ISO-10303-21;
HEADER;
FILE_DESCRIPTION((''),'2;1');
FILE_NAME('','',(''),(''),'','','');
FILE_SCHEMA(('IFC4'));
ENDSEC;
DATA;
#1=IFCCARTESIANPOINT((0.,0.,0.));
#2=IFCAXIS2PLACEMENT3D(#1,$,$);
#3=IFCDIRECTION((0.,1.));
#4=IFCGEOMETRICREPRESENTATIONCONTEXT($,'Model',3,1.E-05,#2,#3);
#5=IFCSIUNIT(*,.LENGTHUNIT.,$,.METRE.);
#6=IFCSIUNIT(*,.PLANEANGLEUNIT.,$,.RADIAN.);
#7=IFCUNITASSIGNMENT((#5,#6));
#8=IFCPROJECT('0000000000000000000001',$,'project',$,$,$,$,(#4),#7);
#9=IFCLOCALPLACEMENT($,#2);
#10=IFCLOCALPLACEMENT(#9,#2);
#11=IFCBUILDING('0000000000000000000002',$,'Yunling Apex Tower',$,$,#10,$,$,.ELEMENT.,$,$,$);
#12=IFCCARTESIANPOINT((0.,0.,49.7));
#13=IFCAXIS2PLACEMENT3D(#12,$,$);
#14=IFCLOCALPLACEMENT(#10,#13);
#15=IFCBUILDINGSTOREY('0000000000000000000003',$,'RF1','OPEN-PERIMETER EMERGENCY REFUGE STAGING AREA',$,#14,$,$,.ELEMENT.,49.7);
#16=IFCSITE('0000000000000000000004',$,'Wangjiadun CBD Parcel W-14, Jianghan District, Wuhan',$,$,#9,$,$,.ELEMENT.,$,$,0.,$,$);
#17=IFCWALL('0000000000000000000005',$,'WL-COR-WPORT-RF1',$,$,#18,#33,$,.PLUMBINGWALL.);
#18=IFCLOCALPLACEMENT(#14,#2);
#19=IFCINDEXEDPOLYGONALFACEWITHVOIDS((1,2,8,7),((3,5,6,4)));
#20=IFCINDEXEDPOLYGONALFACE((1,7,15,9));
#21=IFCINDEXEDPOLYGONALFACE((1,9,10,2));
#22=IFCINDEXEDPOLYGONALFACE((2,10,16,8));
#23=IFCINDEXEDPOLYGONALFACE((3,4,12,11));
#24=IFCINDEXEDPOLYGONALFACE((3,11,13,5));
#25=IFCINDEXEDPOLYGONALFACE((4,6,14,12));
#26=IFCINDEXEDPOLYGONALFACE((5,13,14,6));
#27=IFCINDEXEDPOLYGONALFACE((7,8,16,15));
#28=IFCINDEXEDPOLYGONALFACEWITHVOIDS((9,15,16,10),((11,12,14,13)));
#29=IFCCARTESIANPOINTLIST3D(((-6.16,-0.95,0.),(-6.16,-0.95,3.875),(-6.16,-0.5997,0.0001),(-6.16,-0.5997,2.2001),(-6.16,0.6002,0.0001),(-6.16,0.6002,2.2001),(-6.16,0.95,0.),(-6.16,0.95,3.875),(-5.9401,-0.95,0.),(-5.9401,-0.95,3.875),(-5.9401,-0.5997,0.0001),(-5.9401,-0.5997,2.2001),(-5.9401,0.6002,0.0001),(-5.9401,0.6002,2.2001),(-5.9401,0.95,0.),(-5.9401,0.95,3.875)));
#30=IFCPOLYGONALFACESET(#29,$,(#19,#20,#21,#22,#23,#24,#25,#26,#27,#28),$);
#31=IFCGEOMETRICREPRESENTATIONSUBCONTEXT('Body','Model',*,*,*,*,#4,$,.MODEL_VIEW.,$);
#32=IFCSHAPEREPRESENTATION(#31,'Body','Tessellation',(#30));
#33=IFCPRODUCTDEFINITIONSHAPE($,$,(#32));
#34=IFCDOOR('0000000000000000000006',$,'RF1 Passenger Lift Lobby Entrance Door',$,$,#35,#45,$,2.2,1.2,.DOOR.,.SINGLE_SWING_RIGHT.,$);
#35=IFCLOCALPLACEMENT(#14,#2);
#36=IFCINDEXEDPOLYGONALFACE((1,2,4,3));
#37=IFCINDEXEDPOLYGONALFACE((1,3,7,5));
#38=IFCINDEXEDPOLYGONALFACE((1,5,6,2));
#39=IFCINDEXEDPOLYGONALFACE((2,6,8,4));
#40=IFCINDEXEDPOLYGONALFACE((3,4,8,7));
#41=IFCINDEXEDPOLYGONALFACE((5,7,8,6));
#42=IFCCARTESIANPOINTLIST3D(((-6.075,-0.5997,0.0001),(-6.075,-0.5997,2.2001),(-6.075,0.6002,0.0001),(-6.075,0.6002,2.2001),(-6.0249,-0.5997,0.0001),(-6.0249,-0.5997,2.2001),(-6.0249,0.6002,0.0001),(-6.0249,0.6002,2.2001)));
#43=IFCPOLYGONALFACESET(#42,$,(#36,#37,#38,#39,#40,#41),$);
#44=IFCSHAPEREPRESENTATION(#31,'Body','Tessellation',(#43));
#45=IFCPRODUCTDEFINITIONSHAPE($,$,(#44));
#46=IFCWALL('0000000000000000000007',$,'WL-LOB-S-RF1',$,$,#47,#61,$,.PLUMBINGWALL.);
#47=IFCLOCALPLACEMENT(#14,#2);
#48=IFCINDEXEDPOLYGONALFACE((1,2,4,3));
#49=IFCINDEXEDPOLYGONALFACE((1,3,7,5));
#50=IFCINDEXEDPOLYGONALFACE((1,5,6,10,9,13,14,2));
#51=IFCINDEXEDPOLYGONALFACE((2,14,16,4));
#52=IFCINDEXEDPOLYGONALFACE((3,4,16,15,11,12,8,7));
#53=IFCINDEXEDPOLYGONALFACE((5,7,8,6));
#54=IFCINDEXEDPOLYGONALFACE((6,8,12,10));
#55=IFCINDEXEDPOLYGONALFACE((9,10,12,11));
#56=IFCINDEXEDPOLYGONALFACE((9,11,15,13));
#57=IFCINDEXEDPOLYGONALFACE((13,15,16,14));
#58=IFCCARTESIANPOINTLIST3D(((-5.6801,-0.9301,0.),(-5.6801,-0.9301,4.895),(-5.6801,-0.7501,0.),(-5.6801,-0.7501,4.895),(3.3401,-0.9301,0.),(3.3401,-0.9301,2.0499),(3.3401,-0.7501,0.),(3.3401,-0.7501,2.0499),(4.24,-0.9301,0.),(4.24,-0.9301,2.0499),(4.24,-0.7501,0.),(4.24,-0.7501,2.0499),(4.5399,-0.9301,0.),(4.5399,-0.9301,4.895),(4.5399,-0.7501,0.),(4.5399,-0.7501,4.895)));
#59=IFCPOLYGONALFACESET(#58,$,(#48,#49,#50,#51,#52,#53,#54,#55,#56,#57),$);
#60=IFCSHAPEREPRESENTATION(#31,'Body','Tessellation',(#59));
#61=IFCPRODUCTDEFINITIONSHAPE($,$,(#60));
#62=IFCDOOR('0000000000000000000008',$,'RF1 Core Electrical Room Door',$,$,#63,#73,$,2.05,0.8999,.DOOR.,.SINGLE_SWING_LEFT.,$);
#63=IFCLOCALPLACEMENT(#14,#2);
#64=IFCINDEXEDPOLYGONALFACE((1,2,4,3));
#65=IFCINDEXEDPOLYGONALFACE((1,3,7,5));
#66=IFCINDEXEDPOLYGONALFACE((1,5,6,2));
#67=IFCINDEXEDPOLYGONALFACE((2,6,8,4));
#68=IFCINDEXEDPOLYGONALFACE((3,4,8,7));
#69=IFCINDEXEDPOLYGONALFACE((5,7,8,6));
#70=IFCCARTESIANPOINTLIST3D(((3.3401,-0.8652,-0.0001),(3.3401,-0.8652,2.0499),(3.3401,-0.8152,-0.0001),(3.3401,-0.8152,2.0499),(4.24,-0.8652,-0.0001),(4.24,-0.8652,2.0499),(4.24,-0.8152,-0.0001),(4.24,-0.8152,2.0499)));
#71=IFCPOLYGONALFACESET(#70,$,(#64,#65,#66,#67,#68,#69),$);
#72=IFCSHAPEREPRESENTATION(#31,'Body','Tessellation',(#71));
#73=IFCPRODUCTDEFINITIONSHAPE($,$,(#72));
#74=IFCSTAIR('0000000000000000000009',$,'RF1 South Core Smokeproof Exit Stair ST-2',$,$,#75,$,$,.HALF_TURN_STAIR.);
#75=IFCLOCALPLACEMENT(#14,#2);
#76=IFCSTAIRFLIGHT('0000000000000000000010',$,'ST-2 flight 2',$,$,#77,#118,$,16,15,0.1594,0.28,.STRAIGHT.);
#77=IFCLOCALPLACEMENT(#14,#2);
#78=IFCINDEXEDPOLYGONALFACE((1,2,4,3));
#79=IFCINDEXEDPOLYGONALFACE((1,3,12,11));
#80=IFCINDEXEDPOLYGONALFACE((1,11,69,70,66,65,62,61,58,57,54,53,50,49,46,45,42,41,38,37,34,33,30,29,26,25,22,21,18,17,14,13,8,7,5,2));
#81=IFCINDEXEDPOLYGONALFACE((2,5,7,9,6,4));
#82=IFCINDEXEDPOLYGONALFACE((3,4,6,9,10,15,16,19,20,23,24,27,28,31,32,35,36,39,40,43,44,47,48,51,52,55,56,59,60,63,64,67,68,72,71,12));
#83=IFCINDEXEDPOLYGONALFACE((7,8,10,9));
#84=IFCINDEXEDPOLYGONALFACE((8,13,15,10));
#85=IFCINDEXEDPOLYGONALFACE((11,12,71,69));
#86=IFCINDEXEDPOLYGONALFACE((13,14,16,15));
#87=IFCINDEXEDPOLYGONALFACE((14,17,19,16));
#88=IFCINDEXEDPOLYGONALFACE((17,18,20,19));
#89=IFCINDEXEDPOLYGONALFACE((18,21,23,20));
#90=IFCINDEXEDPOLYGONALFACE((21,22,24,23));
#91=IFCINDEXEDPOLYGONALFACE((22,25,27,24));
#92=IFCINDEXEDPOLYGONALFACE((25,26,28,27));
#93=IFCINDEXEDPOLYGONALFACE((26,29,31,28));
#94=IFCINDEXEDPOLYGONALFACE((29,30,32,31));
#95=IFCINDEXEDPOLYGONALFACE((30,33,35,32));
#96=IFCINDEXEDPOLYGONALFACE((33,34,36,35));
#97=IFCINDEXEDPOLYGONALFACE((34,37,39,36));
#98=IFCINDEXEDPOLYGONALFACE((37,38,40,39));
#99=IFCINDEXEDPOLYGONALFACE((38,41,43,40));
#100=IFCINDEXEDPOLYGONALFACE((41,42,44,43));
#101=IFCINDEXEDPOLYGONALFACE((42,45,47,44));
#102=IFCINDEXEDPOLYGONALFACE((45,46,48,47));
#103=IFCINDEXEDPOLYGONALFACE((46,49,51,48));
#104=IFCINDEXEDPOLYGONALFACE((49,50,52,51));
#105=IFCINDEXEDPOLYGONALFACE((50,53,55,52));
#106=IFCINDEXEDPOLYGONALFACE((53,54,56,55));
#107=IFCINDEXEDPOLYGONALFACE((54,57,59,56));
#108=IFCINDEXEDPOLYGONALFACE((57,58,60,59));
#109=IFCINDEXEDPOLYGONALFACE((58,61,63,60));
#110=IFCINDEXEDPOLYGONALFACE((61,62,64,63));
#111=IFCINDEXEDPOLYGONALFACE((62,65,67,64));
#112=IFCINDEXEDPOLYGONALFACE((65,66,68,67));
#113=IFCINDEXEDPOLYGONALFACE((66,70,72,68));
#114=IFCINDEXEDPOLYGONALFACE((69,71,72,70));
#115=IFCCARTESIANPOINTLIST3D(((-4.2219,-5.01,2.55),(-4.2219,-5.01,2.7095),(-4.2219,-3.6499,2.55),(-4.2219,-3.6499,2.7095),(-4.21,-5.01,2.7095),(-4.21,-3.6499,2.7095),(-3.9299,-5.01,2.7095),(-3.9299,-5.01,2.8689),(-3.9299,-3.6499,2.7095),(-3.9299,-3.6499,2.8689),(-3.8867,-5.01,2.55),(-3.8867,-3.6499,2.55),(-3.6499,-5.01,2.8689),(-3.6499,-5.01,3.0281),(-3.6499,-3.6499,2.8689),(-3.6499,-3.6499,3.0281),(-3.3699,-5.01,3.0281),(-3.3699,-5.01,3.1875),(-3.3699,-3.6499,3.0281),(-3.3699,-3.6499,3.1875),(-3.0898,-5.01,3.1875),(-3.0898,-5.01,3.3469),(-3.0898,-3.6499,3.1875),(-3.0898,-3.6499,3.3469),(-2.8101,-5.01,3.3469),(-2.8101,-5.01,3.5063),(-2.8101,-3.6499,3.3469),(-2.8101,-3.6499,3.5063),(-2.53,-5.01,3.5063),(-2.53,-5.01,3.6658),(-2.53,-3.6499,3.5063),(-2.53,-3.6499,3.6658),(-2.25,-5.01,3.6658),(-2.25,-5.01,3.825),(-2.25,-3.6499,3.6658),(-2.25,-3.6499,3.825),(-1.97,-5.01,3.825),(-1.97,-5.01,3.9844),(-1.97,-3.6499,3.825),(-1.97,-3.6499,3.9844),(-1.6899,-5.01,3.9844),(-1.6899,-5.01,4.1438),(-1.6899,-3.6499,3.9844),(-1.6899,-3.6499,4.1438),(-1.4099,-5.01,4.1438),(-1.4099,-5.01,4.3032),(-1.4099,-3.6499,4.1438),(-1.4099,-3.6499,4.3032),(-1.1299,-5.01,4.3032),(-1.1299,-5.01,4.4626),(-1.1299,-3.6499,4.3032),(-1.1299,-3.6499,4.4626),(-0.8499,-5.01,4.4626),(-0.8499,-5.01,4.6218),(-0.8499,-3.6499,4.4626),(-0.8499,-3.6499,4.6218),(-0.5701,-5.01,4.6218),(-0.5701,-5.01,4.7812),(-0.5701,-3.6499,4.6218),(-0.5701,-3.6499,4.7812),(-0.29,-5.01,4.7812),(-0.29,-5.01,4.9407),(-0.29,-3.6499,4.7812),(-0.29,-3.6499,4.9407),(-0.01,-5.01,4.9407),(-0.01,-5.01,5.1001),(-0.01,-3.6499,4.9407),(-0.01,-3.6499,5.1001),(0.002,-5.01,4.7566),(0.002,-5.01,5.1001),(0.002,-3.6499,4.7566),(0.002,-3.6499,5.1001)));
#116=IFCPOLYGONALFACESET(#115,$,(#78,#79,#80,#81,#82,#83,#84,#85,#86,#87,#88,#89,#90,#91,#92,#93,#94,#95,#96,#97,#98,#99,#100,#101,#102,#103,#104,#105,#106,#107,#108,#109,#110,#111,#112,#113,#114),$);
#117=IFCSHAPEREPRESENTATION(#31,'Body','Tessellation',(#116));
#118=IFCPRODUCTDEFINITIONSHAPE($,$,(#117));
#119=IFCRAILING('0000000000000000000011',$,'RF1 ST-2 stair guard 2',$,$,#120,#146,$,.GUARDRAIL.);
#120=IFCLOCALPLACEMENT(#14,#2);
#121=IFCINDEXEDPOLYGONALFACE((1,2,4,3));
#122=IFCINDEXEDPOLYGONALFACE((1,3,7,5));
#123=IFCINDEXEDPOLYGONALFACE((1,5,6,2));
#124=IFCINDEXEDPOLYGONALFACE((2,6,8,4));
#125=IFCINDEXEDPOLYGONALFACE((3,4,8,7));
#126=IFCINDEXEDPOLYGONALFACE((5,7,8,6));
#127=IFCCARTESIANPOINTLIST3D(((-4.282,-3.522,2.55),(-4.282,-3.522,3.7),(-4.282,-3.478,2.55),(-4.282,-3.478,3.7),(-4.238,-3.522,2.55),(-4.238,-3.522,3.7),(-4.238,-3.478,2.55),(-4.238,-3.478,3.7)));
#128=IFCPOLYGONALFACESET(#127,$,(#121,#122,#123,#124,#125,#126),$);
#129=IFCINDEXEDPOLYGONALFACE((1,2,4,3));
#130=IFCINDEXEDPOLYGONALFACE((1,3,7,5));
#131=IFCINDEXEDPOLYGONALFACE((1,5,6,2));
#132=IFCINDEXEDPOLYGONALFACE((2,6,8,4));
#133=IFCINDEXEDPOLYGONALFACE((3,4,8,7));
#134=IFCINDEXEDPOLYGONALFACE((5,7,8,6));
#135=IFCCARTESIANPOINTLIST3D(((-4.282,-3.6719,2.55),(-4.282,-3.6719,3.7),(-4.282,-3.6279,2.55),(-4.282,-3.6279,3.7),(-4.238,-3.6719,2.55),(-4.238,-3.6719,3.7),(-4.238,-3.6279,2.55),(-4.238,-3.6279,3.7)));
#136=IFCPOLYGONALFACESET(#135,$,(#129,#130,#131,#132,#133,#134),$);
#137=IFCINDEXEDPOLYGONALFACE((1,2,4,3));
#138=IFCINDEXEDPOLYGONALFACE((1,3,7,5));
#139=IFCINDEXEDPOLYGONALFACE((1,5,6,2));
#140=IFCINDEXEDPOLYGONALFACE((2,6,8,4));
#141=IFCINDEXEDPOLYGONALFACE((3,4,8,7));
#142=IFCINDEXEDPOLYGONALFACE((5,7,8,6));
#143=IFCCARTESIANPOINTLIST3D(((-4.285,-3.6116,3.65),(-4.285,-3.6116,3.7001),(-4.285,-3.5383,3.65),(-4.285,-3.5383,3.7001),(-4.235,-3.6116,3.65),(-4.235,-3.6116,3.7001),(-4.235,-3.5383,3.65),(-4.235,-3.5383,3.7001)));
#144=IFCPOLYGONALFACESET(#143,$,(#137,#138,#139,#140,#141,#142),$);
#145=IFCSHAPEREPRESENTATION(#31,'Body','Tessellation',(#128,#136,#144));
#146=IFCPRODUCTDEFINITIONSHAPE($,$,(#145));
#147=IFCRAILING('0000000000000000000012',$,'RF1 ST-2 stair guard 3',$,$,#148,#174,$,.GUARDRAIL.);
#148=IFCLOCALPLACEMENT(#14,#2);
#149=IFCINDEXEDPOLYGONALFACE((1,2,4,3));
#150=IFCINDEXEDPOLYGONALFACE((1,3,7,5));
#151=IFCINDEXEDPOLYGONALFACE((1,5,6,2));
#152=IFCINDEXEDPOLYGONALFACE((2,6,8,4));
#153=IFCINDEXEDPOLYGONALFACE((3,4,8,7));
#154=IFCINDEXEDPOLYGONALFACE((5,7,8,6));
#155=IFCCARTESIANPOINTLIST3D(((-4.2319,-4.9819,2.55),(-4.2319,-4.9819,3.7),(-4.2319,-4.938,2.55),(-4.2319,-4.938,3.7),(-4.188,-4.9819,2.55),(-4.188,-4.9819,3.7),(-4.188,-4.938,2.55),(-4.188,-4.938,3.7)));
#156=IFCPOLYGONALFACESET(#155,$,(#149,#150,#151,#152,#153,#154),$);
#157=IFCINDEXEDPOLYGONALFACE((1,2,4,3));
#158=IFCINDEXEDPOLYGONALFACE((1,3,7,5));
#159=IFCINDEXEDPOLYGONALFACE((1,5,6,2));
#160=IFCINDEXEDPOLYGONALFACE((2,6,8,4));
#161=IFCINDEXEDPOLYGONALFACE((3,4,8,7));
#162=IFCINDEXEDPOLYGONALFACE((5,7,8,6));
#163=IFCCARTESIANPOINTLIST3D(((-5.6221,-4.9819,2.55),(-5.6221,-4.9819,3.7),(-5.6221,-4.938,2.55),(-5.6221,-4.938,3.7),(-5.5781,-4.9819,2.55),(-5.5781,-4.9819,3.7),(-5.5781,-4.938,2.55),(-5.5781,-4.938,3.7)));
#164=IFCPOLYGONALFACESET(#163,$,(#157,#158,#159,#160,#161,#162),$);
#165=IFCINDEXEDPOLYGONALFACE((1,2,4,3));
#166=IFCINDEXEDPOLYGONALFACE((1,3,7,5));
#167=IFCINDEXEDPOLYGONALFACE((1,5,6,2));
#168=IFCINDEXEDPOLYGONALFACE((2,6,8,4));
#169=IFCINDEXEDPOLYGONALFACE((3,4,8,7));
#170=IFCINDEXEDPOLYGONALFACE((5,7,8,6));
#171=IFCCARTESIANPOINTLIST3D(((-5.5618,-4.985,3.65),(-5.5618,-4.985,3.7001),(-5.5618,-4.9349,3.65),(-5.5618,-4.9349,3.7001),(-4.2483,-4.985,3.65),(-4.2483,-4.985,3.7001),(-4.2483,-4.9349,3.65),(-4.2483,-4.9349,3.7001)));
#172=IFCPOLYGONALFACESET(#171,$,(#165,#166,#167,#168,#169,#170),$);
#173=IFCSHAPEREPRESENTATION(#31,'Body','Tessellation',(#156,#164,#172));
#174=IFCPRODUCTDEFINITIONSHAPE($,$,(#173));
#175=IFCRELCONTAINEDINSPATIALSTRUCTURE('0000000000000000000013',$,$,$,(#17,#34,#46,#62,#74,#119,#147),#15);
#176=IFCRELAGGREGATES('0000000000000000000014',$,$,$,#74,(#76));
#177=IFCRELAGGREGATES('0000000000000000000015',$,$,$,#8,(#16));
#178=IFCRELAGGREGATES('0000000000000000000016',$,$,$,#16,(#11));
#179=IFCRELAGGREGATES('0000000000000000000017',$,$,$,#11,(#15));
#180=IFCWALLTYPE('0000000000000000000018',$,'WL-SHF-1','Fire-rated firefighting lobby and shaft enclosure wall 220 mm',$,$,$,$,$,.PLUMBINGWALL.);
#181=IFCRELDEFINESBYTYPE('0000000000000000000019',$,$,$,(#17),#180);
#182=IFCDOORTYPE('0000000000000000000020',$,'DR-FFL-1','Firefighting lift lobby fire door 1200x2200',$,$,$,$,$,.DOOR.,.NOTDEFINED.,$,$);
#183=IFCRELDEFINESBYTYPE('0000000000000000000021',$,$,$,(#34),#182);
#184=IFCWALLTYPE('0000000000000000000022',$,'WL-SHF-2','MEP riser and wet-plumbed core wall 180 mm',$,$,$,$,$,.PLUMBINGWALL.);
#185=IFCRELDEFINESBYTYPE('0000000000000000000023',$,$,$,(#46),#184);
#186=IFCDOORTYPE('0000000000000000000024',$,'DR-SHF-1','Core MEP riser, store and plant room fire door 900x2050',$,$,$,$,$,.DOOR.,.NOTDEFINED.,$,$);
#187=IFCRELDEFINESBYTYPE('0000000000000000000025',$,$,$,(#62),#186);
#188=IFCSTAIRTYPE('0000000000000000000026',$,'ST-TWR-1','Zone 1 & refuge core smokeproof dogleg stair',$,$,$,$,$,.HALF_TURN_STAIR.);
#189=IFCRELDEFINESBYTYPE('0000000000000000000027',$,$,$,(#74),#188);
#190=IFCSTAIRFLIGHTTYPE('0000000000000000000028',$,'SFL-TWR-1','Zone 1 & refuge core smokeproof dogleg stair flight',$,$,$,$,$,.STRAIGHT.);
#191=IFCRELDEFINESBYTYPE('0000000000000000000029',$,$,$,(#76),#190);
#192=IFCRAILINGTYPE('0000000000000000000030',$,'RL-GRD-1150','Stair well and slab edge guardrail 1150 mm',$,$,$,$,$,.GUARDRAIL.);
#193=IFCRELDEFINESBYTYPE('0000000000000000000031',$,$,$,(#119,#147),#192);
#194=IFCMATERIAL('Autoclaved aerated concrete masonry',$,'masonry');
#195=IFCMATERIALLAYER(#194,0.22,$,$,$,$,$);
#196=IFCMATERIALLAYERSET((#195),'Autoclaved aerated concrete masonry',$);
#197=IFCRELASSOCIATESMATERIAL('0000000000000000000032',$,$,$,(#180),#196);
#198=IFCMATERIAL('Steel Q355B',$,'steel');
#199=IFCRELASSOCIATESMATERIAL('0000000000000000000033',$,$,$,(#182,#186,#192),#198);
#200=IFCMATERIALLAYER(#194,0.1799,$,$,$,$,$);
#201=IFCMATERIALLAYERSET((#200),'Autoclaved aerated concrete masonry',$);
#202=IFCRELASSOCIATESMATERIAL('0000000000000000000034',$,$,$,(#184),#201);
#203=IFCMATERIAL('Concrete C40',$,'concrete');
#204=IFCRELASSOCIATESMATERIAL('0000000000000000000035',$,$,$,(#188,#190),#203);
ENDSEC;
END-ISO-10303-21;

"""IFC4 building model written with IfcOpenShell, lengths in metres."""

from ifc_helpers import new_model, si_unit, direction, frame, frame_2d, origin, origin_2d, place, context, subcontext, project, spatial, polyline, rectangle, outline, extrude, material, layer, layer_set, type_object, element, fill, aggregate, save


model = new_model("IFC4")

# Units and contexts
model_context = context("Model", 3, precision=1e-05, world=origin(), true_north=direction((0.0, 1.0)))
body_context = subcontext(model_context, "Body", "Model", "MODEL_VIEW")
ifc_project = project(units=[si_unit("LENGTHUNIT", "METRE"), si_unit("PLANEANGLEUNIT", "RADIAN")], contexts=[model_context])

# Site, building, storey
site_placement = place(None, origin())
site = spatial("IfcSite", under=ifc_project, at=site_placement, Name="Wangjiadun CBD Parcel W-14, Jianghan District, Wuhan", CompositionType="ELEMENT", RefElevation=0.0)
building_placement = place(site_placement, origin())
building = spatial("IfcBuilding", under=site, at=building_placement, Name="Yunling Apex Tower", CompositionType="ELEMENT")
storey_placement = place(building_placement, frame((0.0, 0.0, 49.7)))
storey = spatial("IfcBuildingStorey", under=building, at=storey_placement, Name="RF1", Description="OPEN-PERIMETER EMERGENCY REFUGE STAGING AREA", CompositionType="ELEMENT", Elevation=49.7)

# Shared definitions
ifc_material_1 = material(Name="Steel Q355B", Category="steel")

# Shared definitions
ifc_material_2 = material(Name="Concrete C40", Category="concrete")

# Walls, openings, doors
ifc_material_3 = material(Name="Autoclaved aerated concrete masonry", Category="masonry")
ifc_layer_1 = layer(ifc_material_3, 0.22)
ifc_layer_set_1 = layer_set([ifc_layer_1], Name="Autoclaved aerated concrete masonry")
wall_type_1 = type_object("IfcWallType", Name="WL-SHF-1", Description="Fire-rated firefighting lobby and shaft enclosure wall 220 mm", PredefinedType="PLUMBINGWALL", material=ifc_layer_set_1)
wall_1_placement = place(storey_placement, frame((-6.05, -0.95, 0.0), z_axis=(0.0, 0.0, 1.0), x_axis=(0.0, 1.0, 0.0)))
wall_1 = element("IfcWall", 1, at=wall_1_placement, inside=storey, type_object=wall_type_1, Name="WL-COR-WPORT-RF1", PredefinedType="PLUMBINGWALL", context=body_context, shape_type="SweptSolid", body=[
    extrude(rectangle(XDim=1.8999, YDim=0.22, at=frame_2d((0.95, 0.0))), origin(), (0.0, 0.0, 1.0), 3.875),
])
opening_1_placement = place(wall_1_placement, frame((0.3501, 0.0, 0.0)))
opening_1 = element("IfcOpeningElement", 2, at=opening_1_placement, cuts=wall_1, PredefinedType="OPENING", context=body_context, shape_type="SweptSolid", body=[
    extrude(rectangle(XDim=1.2, YDim=2.2, at=frame_2d((0.6001, 1.1001))), frame((0.0, 0.1201, 0.0), z_axis=(0.0, -1.0, 0.0), x_axis=(1.0, 0.0, 0.0)), (0.0, 0.0, 1.0), 0.24),
])
door_type_1 = type_object("IfcDoorType", Name="DR-FFL-1", Description="Firefighting lift lobby fire door 1200x2200", OperationType="NOTDEFINED", PredefinedType="DOOR", material=ifc_material_1)
door_1_placement = place(opening_1_placement, origin())
door_1 = element("IfcDoor", 3, at=door_1_placement, inside=storey, type_object=door_type_1, Name="RF1 Passenger Lift Lobby Entrance Door", OperationType="SINGLE_SWING_RIGHT", OverallHeight=2.2, OverallWidth=1.2, PredefinedType="DOOR", context=body_context, shape_type="SweptSolid", body=[
    extrude(rectangle(XDim=1.2, YDim=2.2, at=frame_2d((0.6001, 1.1001))), frame((0.0, 0.0249, 0.0), z_axis=(0.0, -1.0, 0.0), x_axis=(1.0, 0.0, 0.0)), (0.0, 0.0, 1.0), 0.05),
])
fill(opening_1, door_1)
ifc_layer_2 = layer(ifc_material_3, 0.1799)
ifc_layer_set_2 = layer_set([ifc_layer_2], Name="Autoclaved aerated concrete masonry")
wall_type_2 = type_object("IfcWallType", Name="WL-SHF-2", Description="MEP riser and wet-plumbed core wall 180 mm", PredefinedType="PLUMBINGWALL", material=ifc_layer_set_2)
wall_2_placement = place(storey_placement, frame((-5.6799, -0.8401, 0.0), z_axis=(0.0, 0.0, 1.0), x_axis=(1.0, 0.0, 0.0)))
wall_2 = element("IfcWall", 4, at=wall_2_placement, inside=storey, type_object=wall_type_2, Name="WL-LOB-S-RF1", PredefinedType="PLUMBINGWALL", context=body_context, shape_type="SweptSolid", body=[
    extrude(rectangle(XDim=10.22, YDim=0.1799, at=frame_2d((5.1099, 0.0))), origin(), (0.0, 0.0, 1.0), 4.895),
])
opening_2_placement = place(wall_2_placement, frame((9.02, 0.0, 0.0)))
opening_2 = element("IfcOpeningElement", 5, at=opening_2_placement, cuts=wall_2, PredefinedType="OPENING", context=body_context, shape_type="SweptSolid", body=[
    extrude(rectangle(XDim=0.8999, YDim=2.05, at=frame_2d((0.45, 1.0249))), frame((0.0, 0.1001, 0.0), z_axis=(0.0, -1.0, 0.0), x_axis=(1.0, 0.0, 0.0)), (0.0, 0.0, 1.0), 0.2),
])
door_type_2 = type_object("IfcDoorType", Name="DR-SHF-1", Description="Core MEP riser, store and plant room fire door 900x2050", OperationType="NOTDEFINED", PredefinedType="DOOR", material=ifc_material_1)
door_2_placement = place(opening_2_placement, origin())
door_2 = element("IfcDoor", 6, at=door_2_placement, inside=storey, type_object=door_type_2, Name="RF1 Core Electrical Room Door", OperationType="SINGLE_SWING_LEFT", OverallHeight=2.05, OverallWidth=0.8999, PredefinedType="DOOR", context=body_context, shape_type="SweptSolid", body=[
    extrude(rectangle(XDim=0.8999, YDim=2.05, at=frame_2d((0.45, 1.0249))), frame((0.0, 0.0249, 0.0), z_axis=(0.0, -1.0, 0.0), x_axis=(1.0, 0.0, 0.0)), (0.0, 0.0, 1.0), 0.05),
])
fill(opening_2, door_2)

# Stair, stair flight
stair_type = type_object("IfcStairType", Name="ST-TWR-1", Description="Zone 1 & refuge core smokeproof dogleg stair", PredefinedType="HALF_TURN_STAIR", material=ifc_material_2)
stair_placement = place(storey_placement, origin())
stair = element("IfcStair", 7, at=stair_placement, inside=storey, type_object=stair_type, Name="RF1 South Core Smokeproof Exit Stair ST-2", PredefinedType="HALF_TURN_STAIR")
stair_flight_type = type_object("IfcStairFlightType", Name="SFL-TWR-1", Description="Zone 1 & refuge core smokeproof dogleg stair flight", PredefinedType="STRAIGHT", material=ifc_material_2)
stair_flight_placement = place(storey_placement, frame((-4.21, -4.3301, 2.55), z_axis=(0.0, 0.0, 1.0), x_axis=(1.0, 0.0, 0.0)))
stair_flight = element("IfcStairFlight", 8, at=stair_flight_placement, type_object=stair_flight_type, Name="ST-2 flight 2", NumberOfRisers=16, NumberOfTreads=15, PredefinedType="STRAIGHT", RiserHeight=0.1594, TreadLength=0.28, context=body_context, shape_type="SweptSolid", body=[
    extrude(outline(polyline([(-0.012, 0.0), (-0.012, 0.1594), (0.0, 0.1594), (0.28, 0.1594), (0.28, 0.3188), (0.5601, 0.3188), (0.5601, 0.478), (0.8401, 0.478), (0.8401, 0.6375), (1.1201, 0.6375), (1.1201, 0.7969), (1.3999, 0.7969), (1.3999, 0.9563), (1.6799, 0.9563), (1.6799, 1.1157), (1.96, 1.1157), (1.96, 1.2749), (2.24, 1.2749), (2.24, 1.4343), (2.52, 1.4343), (2.52, 1.5938), (2.8, 1.5938), (2.8, 1.7532), (3.0801, 1.7532), (3.0801, 1.9126), (3.3601, 1.9126), (3.3601, 2.0718), (3.6399, 2.0718), (3.6399, 2.2312), (3.9199, 2.2312), (3.9199, 2.3906), (4.2, 2.3906), (4.2, 2.55), (4.2119, 2.55), (4.2119, 2.2065), (0.3232, 0.0), (-0.012, 0.0)])), frame((0.0, 0.6802, 0.0), z_axis=(0.0, -1.0, 0.0), x_axis=(1.0, 0.0, 0.0)), (0.0, 0.0, 1.0), 1.3601),
])
aggregate(stair, [stair_flight])

# Railings
railing_type_1 = type_object("IfcRailingType", Name="RL-GRD-1150", Description="Stair well and slab edge guardrail 1150 mm", PredefinedType="GUARDRAIL", material=ifc_material_1)
railing_1_placement = place(storey_placement, frame((-4.26, -3.5, 2.55)))
element("IfcRailing", 9, at=railing_1_placement, inside=storey, type_object=railing_type_1, Name="RF1 ST-2 stair guard 2", PredefinedType="GUARDRAIL", context=body_context, shape_type="SweptSolid", body=[
    extrude(rectangle(XDim=0.0439, YDim=0.0439, at=origin_2d()), origin(), (0.0, 0.0, 1.0), 1.1499),
    extrude(rectangle(XDim=0.0439, YDim=0.0439, at=origin_2d()), frame((0.0, -0.1499, 0.0)), (0.0, 0.0, 1.0), 1.1499),
    extrude(rectangle(XDim=0.05, YDim=0.05, at=origin_2d()), frame((0.0, -0.0383, 1.125), z_axis=(0.0, -1.0, 0.0), x_axis=(1.0, 0.0, 0.0)), (0.0, 0.0, 1.0), 0.0732),
])
railing_2_placement = place(storey_placement, frame((-4.21, -4.96, 2.55)))
element("IfcRailing", 10, at=railing_2_placement, inside=storey, type_object=railing_type_1, Name="RF1 ST-2 stair guard 3", PredefinedType="GUARDRAIL", context=body_context, shape_type="SweptSolid", body=[
    extrude(rectangle(XDim=0.0439, YDim=0.0439, at=origin_2d()), origin(), (0.0, 0.0, 1.0), 1.1499),
    extrude(rectangle(XDim=0.0439, YDim=0.0439, at=origin_2d()), frame((-1.3901, 0.0, 0.0)), (0.0, 0.0, 1.0), 1.1499),
    extrude(rectangle(XDim=0.05, YDim=0.05, at=origin_2d()), frame((-0.0383, 0.0, 1.125), z_axis=(-1.0, 0.0, 0.0), x_axis=(0.0, -1.0, 0.0)), (0.0, 0.0, 1.0), 1.3135),
])

save(model, "model.ifc")
